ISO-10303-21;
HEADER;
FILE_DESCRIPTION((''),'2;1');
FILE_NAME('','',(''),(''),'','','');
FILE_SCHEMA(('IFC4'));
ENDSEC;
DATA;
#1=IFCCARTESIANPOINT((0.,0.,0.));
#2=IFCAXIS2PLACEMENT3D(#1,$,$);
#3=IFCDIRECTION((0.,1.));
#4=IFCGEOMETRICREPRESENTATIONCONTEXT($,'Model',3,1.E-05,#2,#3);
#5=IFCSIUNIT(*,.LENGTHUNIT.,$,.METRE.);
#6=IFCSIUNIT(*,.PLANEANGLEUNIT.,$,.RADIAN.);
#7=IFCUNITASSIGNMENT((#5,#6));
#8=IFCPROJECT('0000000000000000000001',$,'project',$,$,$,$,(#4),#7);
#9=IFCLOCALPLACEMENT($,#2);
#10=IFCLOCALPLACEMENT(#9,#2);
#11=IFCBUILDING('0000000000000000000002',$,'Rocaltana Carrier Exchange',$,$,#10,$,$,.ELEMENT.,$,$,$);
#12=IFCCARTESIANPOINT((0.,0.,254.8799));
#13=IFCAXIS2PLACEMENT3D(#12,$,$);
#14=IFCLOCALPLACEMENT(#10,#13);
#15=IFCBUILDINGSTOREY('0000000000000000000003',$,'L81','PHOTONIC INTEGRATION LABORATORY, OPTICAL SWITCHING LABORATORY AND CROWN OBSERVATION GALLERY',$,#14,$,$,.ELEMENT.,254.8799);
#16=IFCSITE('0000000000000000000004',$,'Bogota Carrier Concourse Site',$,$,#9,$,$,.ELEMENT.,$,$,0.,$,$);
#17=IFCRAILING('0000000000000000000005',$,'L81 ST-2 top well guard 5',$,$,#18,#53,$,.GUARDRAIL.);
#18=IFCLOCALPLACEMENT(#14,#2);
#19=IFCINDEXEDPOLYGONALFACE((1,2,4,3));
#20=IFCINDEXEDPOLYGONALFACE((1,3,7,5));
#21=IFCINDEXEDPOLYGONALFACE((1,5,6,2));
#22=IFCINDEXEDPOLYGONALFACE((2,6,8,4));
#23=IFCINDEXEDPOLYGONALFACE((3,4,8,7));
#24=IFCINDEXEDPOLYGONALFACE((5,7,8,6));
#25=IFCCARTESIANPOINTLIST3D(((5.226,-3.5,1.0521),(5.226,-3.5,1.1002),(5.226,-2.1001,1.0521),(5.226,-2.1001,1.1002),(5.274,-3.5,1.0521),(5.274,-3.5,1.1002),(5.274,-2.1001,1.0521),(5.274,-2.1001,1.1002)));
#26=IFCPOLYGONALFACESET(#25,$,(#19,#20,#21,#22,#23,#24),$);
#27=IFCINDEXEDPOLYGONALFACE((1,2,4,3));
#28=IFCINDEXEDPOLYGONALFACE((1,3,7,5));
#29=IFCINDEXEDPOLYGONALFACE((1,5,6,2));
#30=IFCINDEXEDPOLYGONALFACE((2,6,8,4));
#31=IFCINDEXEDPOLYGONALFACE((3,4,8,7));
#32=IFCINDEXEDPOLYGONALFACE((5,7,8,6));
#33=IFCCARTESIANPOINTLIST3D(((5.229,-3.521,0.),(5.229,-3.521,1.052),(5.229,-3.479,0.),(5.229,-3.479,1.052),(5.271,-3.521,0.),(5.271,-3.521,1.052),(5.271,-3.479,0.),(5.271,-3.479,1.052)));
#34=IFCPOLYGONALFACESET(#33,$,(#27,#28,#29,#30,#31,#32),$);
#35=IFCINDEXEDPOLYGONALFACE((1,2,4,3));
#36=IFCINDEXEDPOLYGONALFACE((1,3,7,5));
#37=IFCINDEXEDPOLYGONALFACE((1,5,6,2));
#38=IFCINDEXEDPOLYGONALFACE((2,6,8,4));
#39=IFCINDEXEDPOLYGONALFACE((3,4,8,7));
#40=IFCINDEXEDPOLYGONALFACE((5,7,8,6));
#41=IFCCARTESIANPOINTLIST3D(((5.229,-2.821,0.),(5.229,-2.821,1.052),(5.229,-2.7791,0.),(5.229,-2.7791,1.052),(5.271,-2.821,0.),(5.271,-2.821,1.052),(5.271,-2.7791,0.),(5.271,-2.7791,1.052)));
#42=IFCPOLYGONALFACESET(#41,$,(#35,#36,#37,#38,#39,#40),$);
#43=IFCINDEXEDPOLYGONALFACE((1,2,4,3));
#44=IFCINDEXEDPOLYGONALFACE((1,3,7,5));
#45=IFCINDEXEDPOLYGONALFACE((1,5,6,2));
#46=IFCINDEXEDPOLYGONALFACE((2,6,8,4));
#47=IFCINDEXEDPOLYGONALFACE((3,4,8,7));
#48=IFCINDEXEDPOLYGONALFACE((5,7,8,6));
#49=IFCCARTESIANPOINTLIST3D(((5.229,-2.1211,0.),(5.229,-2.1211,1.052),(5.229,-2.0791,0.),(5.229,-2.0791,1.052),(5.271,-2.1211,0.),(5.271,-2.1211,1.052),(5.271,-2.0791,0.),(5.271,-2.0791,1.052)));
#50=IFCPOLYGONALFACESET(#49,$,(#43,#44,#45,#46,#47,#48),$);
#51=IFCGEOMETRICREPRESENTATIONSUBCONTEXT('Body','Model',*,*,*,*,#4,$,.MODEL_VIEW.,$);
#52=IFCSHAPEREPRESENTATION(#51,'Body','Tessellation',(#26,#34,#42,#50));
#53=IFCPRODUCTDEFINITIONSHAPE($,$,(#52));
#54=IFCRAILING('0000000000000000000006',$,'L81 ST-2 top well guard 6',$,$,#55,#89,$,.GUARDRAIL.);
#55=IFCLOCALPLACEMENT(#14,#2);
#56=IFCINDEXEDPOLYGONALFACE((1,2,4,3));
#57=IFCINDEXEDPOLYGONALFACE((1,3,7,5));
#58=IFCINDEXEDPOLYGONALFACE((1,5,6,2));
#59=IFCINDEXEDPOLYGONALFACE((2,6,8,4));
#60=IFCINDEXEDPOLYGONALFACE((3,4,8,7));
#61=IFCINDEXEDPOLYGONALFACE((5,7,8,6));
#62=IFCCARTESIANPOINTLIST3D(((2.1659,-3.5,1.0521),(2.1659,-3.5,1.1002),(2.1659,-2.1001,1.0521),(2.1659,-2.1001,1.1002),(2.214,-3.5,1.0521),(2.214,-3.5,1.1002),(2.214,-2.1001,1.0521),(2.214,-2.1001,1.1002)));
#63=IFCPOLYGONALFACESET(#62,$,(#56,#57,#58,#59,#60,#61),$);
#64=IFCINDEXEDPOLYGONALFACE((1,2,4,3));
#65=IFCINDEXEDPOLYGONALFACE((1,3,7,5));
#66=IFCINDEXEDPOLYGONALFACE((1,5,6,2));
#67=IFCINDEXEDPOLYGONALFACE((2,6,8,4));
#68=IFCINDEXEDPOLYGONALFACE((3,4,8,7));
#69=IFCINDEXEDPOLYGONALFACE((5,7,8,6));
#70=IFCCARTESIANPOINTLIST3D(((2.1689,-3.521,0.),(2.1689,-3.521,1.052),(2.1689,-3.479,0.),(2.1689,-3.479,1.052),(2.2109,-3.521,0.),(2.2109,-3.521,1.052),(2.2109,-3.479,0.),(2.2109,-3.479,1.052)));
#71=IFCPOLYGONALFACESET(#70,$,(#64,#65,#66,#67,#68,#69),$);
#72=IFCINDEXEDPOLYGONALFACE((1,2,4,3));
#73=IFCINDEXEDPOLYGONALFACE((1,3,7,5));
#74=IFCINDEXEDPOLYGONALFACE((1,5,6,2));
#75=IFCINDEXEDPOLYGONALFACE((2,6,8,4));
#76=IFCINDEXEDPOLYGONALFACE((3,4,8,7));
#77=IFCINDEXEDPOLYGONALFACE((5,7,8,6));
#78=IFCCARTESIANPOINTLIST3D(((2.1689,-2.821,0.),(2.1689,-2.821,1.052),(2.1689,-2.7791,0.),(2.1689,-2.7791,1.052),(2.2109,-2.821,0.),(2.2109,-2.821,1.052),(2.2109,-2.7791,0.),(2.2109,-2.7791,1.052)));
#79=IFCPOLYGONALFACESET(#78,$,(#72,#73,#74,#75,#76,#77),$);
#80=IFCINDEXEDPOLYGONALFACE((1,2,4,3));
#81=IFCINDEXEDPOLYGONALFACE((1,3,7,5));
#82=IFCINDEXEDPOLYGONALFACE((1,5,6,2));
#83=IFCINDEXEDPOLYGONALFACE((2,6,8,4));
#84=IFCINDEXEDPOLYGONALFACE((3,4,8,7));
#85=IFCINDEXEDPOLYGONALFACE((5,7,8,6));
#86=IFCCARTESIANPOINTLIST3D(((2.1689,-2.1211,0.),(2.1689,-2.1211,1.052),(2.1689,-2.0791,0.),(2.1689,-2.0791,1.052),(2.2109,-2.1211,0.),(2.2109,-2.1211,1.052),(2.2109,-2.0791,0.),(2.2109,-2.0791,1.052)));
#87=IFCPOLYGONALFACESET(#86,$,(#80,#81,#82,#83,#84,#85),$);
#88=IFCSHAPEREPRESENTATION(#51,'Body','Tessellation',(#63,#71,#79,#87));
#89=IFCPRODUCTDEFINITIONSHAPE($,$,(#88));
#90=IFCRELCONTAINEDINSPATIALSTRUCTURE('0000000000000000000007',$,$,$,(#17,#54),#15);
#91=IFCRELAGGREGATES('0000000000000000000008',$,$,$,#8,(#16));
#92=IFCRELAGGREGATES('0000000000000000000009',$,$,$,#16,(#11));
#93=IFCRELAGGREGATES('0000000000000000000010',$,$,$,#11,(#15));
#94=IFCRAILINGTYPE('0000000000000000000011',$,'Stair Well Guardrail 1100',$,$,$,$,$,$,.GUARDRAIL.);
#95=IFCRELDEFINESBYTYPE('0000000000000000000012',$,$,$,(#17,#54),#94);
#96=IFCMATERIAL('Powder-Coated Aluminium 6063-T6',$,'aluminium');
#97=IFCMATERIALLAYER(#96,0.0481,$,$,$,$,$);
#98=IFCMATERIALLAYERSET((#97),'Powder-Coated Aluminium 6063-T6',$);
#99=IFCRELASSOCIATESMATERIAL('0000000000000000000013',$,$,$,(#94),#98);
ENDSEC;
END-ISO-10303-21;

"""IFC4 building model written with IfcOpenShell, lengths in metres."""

from ifc_helpers import new_model, si_unit, direction, frame, origin, origin_2d, place, context, subcontext, project, spatial, rectangle, extrude, material, layer, layer_set, type_object, element, save


model = new_model("IFC4")

# Units and contexts
model_context = context("Model", 3, precision=1e-05, world=origin(), true_north=direction((0.0, 1.0)))
body_context = subcontext(model_context, "Body", "Model", "MODEL_VIEW")
ifc_project = project(units=[si_unit("LENGTHUNIT", "METRE"), si_unit("PLANEANGLEUNIT", "RADIAN")], contexts=[model_context])

# Site, building, storey
site_placement = place(None, origin())
site = spatial("IfcSite", under=ifc_project, at=site_placement, Name="Bogota Carrier Concourse Site", CompositionType="ELEMENT", RefElevation=0.0)
building_placement = place(site_placement, origin())
building = spatial("IfcBuilding", under=site, at=building_placement, Name="Rocaltana Carrier Exchange", CompositionType="ELEMENT")
storey_placement = place(building_placement, frame((0.0, 0.0, 254.8799)))
storey = spatial("IfcBuildingStorey", under=building, at=storey_placement, Name="L81", Description="PHOTONIC INTEGRATION LABORATORY, OPTICAL SWITCHING LABORATORY AND CROWN OBSERVATION GALLERY", CompositionType="ELEMENT", Elevation=254.8799)

# Railings
ifc_material_1 = material(Name="Powder-Coated Aluminium 6063-T6", Category="aluminium")
ifc_layer_1 = layer(ifc_material_1, 0.0481)
ifc_layer_set_1 = layer_set([ifc_layer_1], Name="Powder-Coated Aluminium 6063-T6")
railing_type = type_object("IfcRailingType", Name="Stair Well Guardrail 1100", PredefinedType="GUARDRAIL", material=ifc_layer_set_1)
for number, where, name in (
    (1, (5.25, -3.5, 0.0), "L81 ST-2 top well guard 5"),
    (2, (2.1899, -3.5, 0.0), "L81 ST-2 top well guard 6"),
):
    element("IfcRailing", number, at=place(storey_placement, frame(where)), inside=storey, type_object=railing_type, Name=name, PredefinedType="GUARDRAIL", context=body_context, shape_type="SweptSolid", body=[
        extrude(rectangle(XDim=0.0481, YDim=0.0481, at=origin_2d()), frame((0.0, 0.0, 1.0762), z_axis=(0.0, 1.0, 0.0), x_axis=(-1.0, 0.0, 0.0)), (0.0, 0.0, 1.0), 1.3999),
        extrude(rectangle(XDim=0.042, YDim=0.042, at=origin_2d()), origin(), (0.0, 0.0, 1.0), 1.052),
        extrude(rectangle(XDim=0.042, YDim=0.042, at=origin_2d()), frame((0.0, 0.7, 0.0)), (0.0, 0.0, 1.0), 1.052),
        extrude(rectangle(XDim=0.042, YDim=0.042, at=origin_2d()), frame((0.0, 1.3999, 0.0)), (0.0, 0.0, 1.0), 1.052),
    ])

save(model, "model.ifc")
